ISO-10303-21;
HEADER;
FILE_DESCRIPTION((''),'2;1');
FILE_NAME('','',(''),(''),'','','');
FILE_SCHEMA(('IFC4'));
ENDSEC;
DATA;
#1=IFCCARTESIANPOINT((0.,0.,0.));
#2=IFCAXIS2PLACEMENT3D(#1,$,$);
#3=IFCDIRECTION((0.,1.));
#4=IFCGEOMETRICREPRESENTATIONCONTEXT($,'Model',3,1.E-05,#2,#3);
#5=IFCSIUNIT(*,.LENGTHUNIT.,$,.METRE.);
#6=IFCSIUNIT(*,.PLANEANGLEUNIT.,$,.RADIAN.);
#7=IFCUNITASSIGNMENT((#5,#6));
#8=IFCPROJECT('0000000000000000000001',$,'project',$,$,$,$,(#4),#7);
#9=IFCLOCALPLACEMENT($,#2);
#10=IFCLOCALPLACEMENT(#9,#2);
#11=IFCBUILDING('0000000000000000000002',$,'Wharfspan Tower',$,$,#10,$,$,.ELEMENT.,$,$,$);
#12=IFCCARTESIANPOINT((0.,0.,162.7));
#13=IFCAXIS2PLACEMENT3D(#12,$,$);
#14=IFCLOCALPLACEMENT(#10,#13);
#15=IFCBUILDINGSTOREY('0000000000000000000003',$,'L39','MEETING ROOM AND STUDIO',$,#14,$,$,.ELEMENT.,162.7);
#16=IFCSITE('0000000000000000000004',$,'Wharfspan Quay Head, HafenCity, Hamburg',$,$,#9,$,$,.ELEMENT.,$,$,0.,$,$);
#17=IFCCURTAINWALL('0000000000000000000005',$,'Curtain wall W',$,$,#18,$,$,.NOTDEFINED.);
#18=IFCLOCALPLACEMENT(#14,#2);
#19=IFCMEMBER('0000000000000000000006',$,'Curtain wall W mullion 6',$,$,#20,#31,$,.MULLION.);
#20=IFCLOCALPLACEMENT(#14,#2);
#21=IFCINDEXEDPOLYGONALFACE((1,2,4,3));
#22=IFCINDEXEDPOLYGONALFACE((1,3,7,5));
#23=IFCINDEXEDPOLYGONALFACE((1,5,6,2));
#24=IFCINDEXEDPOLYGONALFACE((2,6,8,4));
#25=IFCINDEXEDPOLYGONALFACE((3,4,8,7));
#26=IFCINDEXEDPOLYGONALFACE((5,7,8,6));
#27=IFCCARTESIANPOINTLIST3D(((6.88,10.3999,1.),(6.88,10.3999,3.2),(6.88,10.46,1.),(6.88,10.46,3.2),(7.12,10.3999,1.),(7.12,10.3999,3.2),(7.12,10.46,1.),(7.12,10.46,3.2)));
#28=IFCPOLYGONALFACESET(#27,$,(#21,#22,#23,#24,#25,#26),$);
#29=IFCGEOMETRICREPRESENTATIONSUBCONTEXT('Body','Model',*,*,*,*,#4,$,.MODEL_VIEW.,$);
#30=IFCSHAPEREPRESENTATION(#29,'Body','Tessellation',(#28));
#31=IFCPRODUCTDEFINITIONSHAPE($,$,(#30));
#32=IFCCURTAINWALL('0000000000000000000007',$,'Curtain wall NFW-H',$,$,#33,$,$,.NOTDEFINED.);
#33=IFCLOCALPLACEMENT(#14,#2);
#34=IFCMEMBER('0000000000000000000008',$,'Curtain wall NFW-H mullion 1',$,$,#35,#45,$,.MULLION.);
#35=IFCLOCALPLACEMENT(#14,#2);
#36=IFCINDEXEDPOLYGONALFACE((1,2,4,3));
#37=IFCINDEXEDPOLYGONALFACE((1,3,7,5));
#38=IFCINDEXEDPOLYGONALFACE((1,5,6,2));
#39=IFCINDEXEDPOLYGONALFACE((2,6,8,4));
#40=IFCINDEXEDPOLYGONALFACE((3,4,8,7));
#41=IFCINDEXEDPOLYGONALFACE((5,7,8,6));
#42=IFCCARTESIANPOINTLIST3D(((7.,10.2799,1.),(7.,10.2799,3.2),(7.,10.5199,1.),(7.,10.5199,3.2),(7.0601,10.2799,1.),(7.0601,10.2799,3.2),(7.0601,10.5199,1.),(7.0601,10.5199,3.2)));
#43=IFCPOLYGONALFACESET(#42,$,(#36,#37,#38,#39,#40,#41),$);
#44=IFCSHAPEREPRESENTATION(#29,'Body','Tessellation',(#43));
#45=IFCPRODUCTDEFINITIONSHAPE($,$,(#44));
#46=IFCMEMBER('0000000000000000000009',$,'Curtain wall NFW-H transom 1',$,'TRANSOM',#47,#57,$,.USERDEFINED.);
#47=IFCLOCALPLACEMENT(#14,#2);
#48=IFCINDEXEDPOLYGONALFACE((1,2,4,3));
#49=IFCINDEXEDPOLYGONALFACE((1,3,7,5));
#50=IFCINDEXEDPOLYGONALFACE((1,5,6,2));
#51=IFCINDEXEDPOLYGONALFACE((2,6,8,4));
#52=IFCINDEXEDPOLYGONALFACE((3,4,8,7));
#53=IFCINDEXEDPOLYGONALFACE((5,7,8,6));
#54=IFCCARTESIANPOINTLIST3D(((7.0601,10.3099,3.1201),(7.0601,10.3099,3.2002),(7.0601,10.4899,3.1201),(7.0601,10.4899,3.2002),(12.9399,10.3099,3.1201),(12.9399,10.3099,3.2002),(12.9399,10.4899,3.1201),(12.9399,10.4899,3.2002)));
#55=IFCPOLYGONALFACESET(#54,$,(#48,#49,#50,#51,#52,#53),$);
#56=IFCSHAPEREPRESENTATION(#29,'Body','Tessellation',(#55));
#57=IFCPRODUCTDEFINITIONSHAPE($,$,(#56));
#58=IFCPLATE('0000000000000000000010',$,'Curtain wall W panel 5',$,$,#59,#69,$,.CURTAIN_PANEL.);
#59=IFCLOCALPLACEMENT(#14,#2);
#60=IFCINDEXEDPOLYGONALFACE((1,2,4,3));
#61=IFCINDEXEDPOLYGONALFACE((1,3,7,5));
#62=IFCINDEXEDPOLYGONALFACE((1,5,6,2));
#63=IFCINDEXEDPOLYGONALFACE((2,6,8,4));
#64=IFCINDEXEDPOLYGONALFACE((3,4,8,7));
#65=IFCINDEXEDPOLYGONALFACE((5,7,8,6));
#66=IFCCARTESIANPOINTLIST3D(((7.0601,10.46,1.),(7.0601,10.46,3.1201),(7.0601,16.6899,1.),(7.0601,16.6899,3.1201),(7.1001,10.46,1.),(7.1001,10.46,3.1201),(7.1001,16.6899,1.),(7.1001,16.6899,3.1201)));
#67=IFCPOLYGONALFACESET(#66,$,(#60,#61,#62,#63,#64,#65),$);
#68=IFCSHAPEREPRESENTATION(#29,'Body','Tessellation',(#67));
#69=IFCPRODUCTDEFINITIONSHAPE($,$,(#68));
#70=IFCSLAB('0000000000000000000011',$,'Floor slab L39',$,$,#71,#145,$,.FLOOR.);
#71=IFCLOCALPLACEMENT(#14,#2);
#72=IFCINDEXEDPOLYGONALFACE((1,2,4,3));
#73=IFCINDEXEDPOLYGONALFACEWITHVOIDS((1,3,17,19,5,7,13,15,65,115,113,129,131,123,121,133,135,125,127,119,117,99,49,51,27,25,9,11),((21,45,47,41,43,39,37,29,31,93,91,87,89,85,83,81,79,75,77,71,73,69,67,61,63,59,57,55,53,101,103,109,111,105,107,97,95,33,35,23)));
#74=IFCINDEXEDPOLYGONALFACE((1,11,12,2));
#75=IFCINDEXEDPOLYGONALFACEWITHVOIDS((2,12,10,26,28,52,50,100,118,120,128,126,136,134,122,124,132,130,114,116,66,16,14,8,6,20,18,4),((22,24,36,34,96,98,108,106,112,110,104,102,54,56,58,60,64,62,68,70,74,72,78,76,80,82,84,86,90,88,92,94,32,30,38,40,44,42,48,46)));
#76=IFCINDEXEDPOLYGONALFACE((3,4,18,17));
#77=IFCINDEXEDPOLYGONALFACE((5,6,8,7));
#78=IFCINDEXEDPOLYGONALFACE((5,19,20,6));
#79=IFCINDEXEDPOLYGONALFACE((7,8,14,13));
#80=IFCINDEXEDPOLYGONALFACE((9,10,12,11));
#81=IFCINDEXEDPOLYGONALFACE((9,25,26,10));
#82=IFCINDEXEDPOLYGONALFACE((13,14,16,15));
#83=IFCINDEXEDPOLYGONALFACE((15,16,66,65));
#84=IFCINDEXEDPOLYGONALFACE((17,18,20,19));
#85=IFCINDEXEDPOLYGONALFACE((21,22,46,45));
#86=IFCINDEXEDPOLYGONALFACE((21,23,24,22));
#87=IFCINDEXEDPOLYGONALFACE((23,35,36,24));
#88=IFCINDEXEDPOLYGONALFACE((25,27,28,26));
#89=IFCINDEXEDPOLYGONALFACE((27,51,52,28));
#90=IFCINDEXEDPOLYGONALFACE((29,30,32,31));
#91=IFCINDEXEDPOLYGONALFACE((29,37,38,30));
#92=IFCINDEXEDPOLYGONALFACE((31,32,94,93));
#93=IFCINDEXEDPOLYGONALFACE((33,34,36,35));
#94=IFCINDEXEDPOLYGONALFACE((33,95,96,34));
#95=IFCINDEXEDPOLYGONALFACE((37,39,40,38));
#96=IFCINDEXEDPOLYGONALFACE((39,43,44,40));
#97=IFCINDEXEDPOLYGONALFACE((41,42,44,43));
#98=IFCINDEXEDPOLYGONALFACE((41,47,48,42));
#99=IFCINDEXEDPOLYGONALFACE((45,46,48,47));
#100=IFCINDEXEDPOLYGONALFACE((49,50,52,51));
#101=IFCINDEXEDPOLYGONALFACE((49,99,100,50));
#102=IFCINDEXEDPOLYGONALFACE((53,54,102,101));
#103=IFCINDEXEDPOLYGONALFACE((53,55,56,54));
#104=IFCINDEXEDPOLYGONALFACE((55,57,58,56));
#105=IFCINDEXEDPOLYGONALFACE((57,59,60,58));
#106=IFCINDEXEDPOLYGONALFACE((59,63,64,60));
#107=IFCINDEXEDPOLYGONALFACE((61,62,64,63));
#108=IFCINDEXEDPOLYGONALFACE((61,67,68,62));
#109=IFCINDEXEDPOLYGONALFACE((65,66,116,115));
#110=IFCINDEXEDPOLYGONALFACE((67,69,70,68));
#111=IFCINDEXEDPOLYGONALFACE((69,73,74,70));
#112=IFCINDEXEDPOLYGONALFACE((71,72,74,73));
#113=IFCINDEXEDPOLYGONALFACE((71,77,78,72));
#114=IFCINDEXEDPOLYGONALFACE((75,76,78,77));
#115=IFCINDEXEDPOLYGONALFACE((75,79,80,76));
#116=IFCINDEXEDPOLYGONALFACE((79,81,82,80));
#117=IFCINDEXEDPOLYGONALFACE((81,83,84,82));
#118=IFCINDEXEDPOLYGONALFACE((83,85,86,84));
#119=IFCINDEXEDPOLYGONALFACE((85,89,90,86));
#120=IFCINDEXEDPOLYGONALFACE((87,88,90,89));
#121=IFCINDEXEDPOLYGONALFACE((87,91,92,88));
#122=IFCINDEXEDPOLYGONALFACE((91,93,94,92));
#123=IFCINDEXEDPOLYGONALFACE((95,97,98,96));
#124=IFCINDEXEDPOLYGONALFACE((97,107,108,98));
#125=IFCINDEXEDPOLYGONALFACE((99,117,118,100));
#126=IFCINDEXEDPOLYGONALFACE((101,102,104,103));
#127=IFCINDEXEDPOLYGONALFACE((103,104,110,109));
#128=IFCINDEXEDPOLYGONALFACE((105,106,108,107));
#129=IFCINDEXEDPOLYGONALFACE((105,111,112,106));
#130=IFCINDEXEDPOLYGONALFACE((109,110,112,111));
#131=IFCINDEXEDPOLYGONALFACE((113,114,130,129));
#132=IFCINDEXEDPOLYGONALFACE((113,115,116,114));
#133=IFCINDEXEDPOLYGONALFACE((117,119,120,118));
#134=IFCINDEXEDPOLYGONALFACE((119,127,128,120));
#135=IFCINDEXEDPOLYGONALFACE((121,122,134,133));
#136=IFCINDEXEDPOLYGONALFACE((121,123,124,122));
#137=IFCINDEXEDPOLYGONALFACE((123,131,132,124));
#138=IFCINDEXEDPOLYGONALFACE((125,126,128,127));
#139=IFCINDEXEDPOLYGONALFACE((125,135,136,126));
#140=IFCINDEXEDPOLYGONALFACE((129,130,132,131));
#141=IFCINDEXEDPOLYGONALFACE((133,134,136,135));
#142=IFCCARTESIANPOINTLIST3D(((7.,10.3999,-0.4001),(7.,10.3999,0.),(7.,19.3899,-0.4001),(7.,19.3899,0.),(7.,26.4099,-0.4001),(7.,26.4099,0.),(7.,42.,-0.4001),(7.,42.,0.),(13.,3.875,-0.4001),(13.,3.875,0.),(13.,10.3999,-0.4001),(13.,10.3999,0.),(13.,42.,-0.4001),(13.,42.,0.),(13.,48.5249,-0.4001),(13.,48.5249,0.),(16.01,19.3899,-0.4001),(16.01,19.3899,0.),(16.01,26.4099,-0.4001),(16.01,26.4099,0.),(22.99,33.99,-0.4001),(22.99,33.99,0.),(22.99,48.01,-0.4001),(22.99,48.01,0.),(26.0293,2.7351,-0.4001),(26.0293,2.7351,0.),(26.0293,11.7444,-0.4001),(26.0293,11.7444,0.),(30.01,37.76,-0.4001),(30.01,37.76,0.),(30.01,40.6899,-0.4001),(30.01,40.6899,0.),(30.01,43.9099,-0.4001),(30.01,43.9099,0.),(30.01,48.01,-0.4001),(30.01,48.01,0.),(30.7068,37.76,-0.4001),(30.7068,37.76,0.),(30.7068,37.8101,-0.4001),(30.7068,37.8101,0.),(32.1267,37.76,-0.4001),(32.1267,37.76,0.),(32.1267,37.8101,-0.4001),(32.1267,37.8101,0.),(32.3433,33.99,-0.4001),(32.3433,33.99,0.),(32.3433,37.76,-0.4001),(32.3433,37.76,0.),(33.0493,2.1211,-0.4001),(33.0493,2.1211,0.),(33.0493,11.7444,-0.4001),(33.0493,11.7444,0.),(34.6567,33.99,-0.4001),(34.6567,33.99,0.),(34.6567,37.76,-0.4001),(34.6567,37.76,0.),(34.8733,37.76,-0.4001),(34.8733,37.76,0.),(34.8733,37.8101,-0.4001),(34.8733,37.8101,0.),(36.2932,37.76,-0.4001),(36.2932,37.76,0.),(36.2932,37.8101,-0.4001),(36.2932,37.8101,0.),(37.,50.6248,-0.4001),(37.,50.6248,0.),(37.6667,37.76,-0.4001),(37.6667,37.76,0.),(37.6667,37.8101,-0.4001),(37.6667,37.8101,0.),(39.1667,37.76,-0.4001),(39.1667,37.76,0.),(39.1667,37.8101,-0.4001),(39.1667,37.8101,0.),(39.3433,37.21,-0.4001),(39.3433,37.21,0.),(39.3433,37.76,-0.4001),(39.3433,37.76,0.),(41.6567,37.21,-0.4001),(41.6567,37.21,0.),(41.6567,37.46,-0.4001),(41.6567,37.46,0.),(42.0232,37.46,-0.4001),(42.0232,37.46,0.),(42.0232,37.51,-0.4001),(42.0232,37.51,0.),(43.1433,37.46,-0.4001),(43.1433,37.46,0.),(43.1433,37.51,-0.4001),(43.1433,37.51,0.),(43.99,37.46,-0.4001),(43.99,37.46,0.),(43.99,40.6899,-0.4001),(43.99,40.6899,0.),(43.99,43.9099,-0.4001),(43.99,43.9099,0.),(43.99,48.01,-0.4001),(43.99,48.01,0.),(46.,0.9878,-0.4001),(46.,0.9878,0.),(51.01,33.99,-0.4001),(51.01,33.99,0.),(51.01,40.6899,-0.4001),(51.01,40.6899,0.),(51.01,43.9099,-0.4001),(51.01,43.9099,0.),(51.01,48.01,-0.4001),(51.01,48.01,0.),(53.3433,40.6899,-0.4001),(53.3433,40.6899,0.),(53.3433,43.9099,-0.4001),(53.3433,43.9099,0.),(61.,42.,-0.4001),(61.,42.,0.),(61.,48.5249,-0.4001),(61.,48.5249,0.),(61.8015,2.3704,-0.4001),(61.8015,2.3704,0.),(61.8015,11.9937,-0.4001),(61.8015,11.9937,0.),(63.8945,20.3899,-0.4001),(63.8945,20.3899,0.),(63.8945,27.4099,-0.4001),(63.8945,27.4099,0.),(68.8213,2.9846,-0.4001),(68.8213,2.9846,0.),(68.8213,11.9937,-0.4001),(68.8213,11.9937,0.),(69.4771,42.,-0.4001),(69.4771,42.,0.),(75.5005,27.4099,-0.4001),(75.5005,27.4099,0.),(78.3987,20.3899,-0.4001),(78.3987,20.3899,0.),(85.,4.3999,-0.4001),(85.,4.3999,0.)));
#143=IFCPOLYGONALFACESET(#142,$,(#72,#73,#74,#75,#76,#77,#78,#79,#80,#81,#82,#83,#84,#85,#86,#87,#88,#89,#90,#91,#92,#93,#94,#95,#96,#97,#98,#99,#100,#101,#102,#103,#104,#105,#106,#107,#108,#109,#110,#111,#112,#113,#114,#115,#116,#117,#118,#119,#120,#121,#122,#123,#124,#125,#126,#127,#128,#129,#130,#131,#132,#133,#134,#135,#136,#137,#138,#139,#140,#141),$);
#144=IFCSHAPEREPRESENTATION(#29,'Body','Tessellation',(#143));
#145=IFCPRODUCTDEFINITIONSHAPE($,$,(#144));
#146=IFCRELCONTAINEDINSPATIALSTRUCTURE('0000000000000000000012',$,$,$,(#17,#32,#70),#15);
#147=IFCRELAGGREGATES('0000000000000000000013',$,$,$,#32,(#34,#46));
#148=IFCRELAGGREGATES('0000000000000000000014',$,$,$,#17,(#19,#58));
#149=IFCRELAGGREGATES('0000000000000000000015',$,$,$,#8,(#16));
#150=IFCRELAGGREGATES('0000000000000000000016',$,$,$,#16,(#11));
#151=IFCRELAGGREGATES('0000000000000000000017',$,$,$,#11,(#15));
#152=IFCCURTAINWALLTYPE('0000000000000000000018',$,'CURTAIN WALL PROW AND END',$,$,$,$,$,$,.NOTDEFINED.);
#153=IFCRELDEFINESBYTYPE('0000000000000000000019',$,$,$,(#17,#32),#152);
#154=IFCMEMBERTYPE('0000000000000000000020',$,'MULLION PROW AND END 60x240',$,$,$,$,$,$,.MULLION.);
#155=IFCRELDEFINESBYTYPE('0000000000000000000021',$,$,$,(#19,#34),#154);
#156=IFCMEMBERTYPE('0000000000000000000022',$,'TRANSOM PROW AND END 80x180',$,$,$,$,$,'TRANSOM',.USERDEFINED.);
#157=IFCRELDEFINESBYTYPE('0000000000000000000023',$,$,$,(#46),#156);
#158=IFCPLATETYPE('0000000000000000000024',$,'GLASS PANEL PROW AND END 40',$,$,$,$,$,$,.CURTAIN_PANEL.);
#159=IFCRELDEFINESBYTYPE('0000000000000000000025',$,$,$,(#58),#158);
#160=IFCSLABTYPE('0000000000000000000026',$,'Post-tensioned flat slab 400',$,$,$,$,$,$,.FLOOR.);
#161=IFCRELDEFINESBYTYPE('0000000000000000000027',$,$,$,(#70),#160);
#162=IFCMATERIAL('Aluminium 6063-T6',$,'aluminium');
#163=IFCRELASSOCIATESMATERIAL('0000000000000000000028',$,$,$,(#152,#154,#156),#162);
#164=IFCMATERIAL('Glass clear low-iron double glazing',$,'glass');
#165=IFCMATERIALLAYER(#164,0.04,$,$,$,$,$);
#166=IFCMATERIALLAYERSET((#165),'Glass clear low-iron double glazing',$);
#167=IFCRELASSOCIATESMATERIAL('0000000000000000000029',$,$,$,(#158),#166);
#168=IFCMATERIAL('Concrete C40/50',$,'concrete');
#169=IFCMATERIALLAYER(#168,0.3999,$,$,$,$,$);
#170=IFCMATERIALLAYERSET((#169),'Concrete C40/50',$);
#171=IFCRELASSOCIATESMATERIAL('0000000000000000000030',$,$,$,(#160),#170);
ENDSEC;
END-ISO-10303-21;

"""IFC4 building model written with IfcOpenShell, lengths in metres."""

from ifc_helpers import new_model, si_unit, direction, frame, origin, origin_2d, place, context, subcontext, project, spatial, polyline, rectangle, outline, extrude, material, layer, layer_set, material_profile, profile_set, type_object, element, aggregate, save


model = new_model("IFC4")

# Units and contexts
model_context = context("Model", 3, precision=1e-05, world=origin(), true_north=direction((0.0, 1.0)))
body_context = subcontext(model_context, "Body", "Model", "MODEL_VIEW")
ifc_project = project(units=[si_unit("LENGTHUNIT", "METRE"), si_unit("PLANEANGLEUNIT", "RADIAN")], contexts=[model_context])

# Site, building, storey
site_placement = place(None, origin())
site = spatial("IfcSite", under=ifc_project, at=site_placement, Name="Wharfspan Quay Head, HafenCity, Hamburg", CompositionType="ELEMENT", RefElevation=0.0)
building_placement = place(site_placement, origin())
building = spatial("IfcBuilding", under=site, at=building_placement, Name="Wharfspan Tower", CompositionType="ELEMENT")
storey_placement = place(building_placement, frame((0.0, 0.0, 162.7)))
storey = spatial("IfcBuildingStorey", under=building, at=storey_placement, Name="L39", Description="MEETING ROOM AND STUDIO", CompositionType="ELEMENT", Elevation=162.7)

# Curtain wall, member
ifc_material_1 = material(Name="Aluminium 6063-T6", Category="aluminium")
curtain_wall_type = type_object("IfcCurtainWallType", Name="CURTAIN WALL PROW AND END", PredefinedType="NOTDEFINED", material=ifc_material_1)
curtain_wall_1_placement = place(storey_placement, origin())
curtain_wall_1 = element("IfcCurtainWall", 1, at=curtain_wall_1_placement, inside=storey, type_object=curtain_wall_type, Name="Curtain wall W", PredefinedType="NOTDEFINED")
ifc_material_profile_1 = material_profile(ifc_material_1, rectangle(XDim=0.24, YDim=0.0601, at=origin_2d()))
ifc_profile_set_1 = profile_set([ifc_material_profile_1], Name="Aluminium 6063-T6")
member_type_1 = type_object("IfcMemberType", Name="MULLION PROW AND END 60x240", PredefinedType="MULLION", material=ifc_profile_set_1)
member_1_placement = place(storey_placement, frame((7.0, 10.4299, 1.0), z_axis=(0.0, 0.0, 1.0), x_axis=(1.0, 0.0, 0.0)))
member_1 = element("IfcMember", 2, at=member_1_placement, type_object=member_type_1, Name="Curtain wall W mullion 6", PredefinedType="MULLION", context=body_context, shape_type="SweptSolid", body=[
    extrude(rectangle(XDim=0.24, YDim=0.0601, at=origin_2d()), origin(), (0.0, 0.0, 1.0), 2.2),
])

# Curtain wall, members
curtain_wall_2_placement = place(storey_placement, origin())
curtain_wall_2 = element("IfcCurtainWall", 3, at=curtain_wall_2_placement, inside=storey, type_object=curtain_wall_type, Name="Curtain wall NFW-H", PredefinedType="NOTDEFINED")
member_2_placement = place(storey_placement, frame((7.03, 10.3999, 1.0), z_axis=(0.0, 0.0, 1.0), x_axis=(0.0, 1.0, 0.0)))
member_2 = element("IfcMember", 4, at=member_2_placement, type_object=member_type_1, Name="Curtain wall NFW-H mullion 1", PredefinedType="MULLION", context=body_context, shape_type="SweptSolid", body=[
    extrude(rectangle(XDim=0.24, YDim=0.0601, at=origin_2d()), origin(), (0.0, 0.0, 1.0), 2.2),
])
ifc_material_profile_2 = material_profile(ifc_material_1, rectangle(XDim=0.1799, YDim=0.0801, at=origin_2d()))
ifc_profile_set_2 = profile_set([ifc_material_profile_2], Name="Aluminium 6063-T6")
member_type_2 = type_object("IfcMemberType", Name="TRANSOM PROW AND END 80x180", ElementType="TRANSOM", PredefinedType="USERDEFINED", material=ifc_profile_set_2)
member_3_placement = place(storey_placement, frame((7.0601, 10.3999, 3.1602), z_axis=(1.0, 0.0, 0.0), x_axis=(0.0, 1.0, 0.0)))
member_3 = element("IfcMember", 5, at=member_3_placement, type_object=member_type_2, Name="Curtain wall NFW-H transom 1", ObjectType="TRANSOM", PredefinedType="USERDEFINED", context=body_context, shape_type="SweptSolid", body=[
    extrude(rectangle(XDim=0.1799, YDim=0.0801, at=origin_2d()), origin(), (0.0, 0.0, 1.0), 5.8799),
])
aggregate(curtain_wall_2, [member_2, member_3])

# Plate
ifc_material_2 = material(Name="Glass clear low-iron double glazing", Category="glass")
ifc_layer_1 = layer(ifc_material_2, 0.04)
ifc_layer_set_1 = layer_set([ifc_layer_1], Name="Glass clear low-iron double glazing")
plate_type = type_object("IfcPlateType", Name="GLASS PANEL PROW AND END 40", PredefinedType="CURTAIN_PANEL", material=ifc_layer_set_1)
plate_placement = place(storey_placement, frame((7.0801, 13.575, 1.0), z_axis=(0.0, 0.0, 1.0), x_axis=(0.0, -1.0, 0.0)))
plate = element("IfcPlate", 6, at=plate_placement, type_object=plate_type, Name="Curtain wall W panel 5", PredefinedType="CURTAIN_PANEL", context=body_context, shape_type="SweptSolid", body=[
    extrude(rectangle(XDim=6.23, YDim=0.04, at=origin_2d()), origin(), (0.0, 0.0, 1.0), 2.1201),
])
aggregate(curtain_wall_1, [member_1, plate])

# Slab
ifc_material_3 = material(Name="Concrete C40/50", Category="concrete")
ifc_layer_2 = layer(ifc_material_3, 0.3999)
ifc_layer_set_2 = layer_set([ifc_layer_2], Name="Concrete C40/50")
slab_type_1 = type_object("IfcSlabType", Name="Post-tensioned flat slab 400", PredefinedType="FLOOR", material=ifc_layer_set_2)
slab_1_placement = place(storey_placement, frame((0.0, 0.0, -0.4001)))
element("IfcSlab", 7, at=slab_1_placement, inside=storey, type_object=slab_type_1, Name="Floor slab L39", PredefinedType="FLOOR", context=body_context, shape_type="SweptSolid", body=[
    extrude(outline(polyline([(26.0293, 2.7351), (26.0293, 11.7444), (33.0493, 11.7444), (33.0493, 2.1211), (46.0, 0.9878), (61.8015, 2.3704), (61.8015, 11.9937), (68.8213, 11.9937), (68.8213, 2.9846), (85.0, 4.3999), (78.3987, 20.3899), (63.8945, 20.3899), (63.8945, 27.4099), (75.5005, 27.4099), (69.4771, 42.0), (61.0, 42.0), (61.0, 48.5249), (37.0, 50.6248), (13.0, 48.5249), (13.0, 42.0), (7.0, 42.0), (7.0, 26.4099), (16.01, 26.4099), (16.01, 19.3899), (7.0, 19.3899), (7.0, 10.3999), (13.0, 10.3999), (13.0, 3.875), (26.0293, 2.7351)]), holes=[polyline([(32.1267, 37.76), (32.3433, 37.76), (32.3433, 33.99), (22.99, 33.99), (22.99, 48.01), (30.01, 48.01), (30.01, 43.9099), (43.99, 43.9099), (43.99, 48.01), (51.01, 48.01), (51.01, 43.9099), (53.3433, 43.9099), (53.3433, 40.6899), (51.01, 40.6899), (51.01, 33.99), (34.6567, 33.99), (34.6567, 37.76), (34.8733, 37.76), (34.8733, 37.8101), (36.2932, 37.8101), (36.2932, 37.76), (37.6667, 37.76), (37.6667, 37.8101), (39.1667, 37.8101), (39.1667, 37.76), (39.3433, 37.76), (39.3433, 37.21), (41.6567, 37.21), (41.6567, 37.46), (42.0232, 37.46), (42.0232, 37.51), (43.1433, 37.51), (43.1433, 37.46), (43.99, 37.46), (43.99, 40.6899), (30.01, 40.6899), (30.01, 37.76), (30.7068, 37.76), (30.7068, 37.8101), (32.1267, 37.8101), (32.1267, 37.76)])]), origin(), (0.0, 0.0, 1.0), 0.4001),
])

save(model, "model.ifc")
